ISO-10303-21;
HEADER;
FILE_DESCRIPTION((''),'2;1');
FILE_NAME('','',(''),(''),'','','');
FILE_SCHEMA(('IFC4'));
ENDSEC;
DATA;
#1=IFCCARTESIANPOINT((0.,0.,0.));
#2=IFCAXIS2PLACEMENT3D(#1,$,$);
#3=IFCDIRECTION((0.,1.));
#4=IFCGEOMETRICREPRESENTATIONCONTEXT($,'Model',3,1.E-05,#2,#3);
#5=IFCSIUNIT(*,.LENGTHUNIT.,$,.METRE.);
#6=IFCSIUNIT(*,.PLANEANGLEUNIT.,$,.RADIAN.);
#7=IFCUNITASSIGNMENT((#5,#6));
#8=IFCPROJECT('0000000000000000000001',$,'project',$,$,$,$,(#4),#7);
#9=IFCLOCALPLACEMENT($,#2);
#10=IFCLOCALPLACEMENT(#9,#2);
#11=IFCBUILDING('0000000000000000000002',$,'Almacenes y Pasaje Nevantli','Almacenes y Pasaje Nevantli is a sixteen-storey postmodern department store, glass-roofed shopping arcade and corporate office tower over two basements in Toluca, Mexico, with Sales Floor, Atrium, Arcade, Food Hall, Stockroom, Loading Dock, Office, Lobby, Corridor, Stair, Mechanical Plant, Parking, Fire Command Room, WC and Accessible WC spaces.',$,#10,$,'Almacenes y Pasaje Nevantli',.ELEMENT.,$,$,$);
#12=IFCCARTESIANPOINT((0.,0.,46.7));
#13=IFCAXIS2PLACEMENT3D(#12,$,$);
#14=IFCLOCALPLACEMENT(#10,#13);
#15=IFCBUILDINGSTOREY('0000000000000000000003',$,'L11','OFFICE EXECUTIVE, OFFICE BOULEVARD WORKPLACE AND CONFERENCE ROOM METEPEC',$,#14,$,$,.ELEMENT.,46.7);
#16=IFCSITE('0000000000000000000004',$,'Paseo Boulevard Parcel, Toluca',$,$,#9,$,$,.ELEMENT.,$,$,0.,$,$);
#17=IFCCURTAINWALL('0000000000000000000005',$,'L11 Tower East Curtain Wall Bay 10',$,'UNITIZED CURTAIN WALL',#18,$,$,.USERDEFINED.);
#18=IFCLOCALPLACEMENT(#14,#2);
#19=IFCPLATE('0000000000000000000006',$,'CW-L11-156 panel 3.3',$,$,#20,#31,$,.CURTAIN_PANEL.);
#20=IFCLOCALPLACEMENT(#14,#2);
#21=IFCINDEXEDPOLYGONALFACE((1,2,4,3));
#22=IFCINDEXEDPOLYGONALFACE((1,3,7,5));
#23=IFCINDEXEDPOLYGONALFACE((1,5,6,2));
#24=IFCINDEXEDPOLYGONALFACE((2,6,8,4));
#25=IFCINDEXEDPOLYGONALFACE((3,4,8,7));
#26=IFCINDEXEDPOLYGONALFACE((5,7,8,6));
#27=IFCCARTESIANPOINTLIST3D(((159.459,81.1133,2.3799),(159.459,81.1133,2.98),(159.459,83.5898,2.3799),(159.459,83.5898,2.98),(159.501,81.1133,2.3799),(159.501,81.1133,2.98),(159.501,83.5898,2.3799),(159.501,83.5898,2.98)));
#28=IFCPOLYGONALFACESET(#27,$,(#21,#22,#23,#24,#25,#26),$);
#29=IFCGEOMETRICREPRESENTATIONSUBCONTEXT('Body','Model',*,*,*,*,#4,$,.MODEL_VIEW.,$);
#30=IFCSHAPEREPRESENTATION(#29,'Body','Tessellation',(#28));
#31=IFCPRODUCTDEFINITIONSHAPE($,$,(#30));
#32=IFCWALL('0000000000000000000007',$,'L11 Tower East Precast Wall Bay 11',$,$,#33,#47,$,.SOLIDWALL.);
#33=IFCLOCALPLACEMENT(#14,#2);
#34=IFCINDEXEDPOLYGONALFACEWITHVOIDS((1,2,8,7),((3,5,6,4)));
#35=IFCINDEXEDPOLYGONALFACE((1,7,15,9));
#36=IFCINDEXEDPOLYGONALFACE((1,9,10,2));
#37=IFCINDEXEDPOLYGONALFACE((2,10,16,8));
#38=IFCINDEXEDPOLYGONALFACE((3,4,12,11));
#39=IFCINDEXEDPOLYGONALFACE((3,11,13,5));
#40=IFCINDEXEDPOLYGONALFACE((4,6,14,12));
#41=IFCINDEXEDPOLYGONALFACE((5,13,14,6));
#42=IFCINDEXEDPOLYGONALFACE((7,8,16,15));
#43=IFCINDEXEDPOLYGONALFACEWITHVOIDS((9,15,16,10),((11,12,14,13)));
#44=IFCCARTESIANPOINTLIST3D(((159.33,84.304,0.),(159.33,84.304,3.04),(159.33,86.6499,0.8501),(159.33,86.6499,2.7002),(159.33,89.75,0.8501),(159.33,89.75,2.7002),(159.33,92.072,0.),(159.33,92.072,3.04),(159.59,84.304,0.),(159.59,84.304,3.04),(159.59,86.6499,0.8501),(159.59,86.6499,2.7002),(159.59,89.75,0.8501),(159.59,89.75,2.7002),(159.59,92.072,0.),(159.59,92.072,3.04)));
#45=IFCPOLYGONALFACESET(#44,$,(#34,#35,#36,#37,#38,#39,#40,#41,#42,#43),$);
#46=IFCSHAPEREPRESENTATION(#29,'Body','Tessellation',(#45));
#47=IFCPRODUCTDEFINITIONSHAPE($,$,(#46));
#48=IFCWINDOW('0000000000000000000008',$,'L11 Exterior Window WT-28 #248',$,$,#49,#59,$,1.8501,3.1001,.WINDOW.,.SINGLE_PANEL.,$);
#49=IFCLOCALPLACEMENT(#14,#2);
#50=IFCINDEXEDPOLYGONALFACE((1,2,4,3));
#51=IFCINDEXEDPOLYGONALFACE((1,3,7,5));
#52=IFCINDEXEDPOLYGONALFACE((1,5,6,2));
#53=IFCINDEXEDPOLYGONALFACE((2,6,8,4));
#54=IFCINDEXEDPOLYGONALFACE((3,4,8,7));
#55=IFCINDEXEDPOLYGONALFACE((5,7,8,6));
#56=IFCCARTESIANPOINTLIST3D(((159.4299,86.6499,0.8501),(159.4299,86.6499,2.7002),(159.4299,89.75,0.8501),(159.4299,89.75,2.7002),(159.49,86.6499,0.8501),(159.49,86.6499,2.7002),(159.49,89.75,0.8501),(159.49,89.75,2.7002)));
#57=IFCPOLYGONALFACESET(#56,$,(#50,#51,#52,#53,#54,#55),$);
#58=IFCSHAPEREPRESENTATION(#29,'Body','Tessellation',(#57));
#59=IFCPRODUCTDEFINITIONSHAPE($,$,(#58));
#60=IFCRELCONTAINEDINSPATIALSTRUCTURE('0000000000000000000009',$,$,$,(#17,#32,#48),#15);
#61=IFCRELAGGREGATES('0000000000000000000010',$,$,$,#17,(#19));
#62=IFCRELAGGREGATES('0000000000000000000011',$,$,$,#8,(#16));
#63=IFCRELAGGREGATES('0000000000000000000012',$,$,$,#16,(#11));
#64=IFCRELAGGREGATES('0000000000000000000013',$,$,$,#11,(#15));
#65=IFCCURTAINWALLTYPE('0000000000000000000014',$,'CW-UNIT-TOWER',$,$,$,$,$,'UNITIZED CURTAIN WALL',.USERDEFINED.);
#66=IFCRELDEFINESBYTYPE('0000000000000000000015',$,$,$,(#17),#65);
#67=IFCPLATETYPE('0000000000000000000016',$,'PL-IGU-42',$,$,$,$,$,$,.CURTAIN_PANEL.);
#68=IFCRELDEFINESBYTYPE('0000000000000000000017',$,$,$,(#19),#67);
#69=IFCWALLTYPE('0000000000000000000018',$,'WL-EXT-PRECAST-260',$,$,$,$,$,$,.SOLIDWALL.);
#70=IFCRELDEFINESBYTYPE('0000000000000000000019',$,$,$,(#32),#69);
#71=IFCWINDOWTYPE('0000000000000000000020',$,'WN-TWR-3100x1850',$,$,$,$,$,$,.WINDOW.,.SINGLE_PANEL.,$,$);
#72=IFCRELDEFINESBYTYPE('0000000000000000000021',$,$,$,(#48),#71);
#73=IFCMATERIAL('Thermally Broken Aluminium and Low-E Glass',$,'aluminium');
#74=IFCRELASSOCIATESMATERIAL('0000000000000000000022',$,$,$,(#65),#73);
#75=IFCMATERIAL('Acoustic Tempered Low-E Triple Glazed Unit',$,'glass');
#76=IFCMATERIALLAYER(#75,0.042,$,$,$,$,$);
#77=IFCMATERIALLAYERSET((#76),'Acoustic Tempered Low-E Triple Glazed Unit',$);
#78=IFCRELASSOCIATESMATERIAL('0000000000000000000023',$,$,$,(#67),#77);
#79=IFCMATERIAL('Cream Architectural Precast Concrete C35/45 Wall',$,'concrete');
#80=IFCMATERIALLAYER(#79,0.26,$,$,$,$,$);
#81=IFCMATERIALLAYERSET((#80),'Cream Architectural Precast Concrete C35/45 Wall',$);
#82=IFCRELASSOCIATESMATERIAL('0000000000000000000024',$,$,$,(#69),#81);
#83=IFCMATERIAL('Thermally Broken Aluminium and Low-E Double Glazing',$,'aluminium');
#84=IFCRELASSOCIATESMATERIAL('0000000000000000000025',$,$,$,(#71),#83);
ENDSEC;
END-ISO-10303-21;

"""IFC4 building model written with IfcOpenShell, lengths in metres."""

from ifc_helpers import new_model, si_unit, direction, frame, frame_2d, origin, origin_2d, place, context, subcontext, project, spatial, rectangle, extrude, material, layer, layer_set, type_object, element, fill, aggregate, save


model = new_model("IFC4")

# Units and contexts
model_context = context("Model", 3, precision=1e-05, world=origin(), true_north=direction((0.0, 1.0)))
body_context = subcontext(model_context, "Body", "Model", "MODEL_VIEW")
ifc_project = project(units=[si_unit("LENGTHUNIT", "METRE"), si_unit("PLANEANGLEUNIT", "RADIAN")], contexts=[model_context])

# Site, building, storey
site_placement = place(None, origin())
site = spatial("IfcSite", under=ifc_project, at=site_placement, Name="Paseo Boulevard Parcel, Toluca", CompositionType="ELEMENT", RefElevation=0.0)
building_placement = place(site_placement, origin())
building = spatial("IfcBuilding", under=site, at=building_placement, Name="Almacenes y Pasaje Nevantli", Description="Almacenes y Pasaje Nevantli is a sixteen-storey postmodern department store, glass-roofed shopping arcade and corporate office tower over two basements in Toluca, Mexico, with Sales Floor, Atrium, Arcade, Food Hall, Stockroom, Loading Dock, Office, Lobby, Corridor, Stair, Mechanical Plant, Parking, Fire Command Room, WC and Accessible WC spaces.", LongName="Almacenes y Pasaje Nevantli", CompositionType="ELEMENT")
storey_placement = place(building_placement, frame((0.0, 0.0, 46.7)))
storey = spatial("IfcBuildingStorey", under=building, at=storey_placement, Name="L11", Description="OFFICE EXECUTIVE, OFFICE BOULEVARD WORKPLACE AND CONFERENCE ROOM METEPEC", CompositionType="ELEMENT", Elevation=46.7)

# Curtain wall, plate
ifc_material_1 = material(Name="Thermally Broken Aluminium and Low-E Glass", Category="aluminium")
curtain_wall_type = type_object("IfcCurtainWallType", Name="CW-UNIT-TOWER", ElementType="UNITIZED CURTAIN WALL", PredefinedType="USERDEFINED", material=ifc_material_1)
curtain_wall_placement = place(storey_placement, origin())
curtain_wall = element("IfcCurtainWall", 1, at=curtain_wall_placement, inside=storey, type_object=curtain_wall_type, Name="L11 Tower East Curtain Wall Bay 10", ObjectType="UNITIZED CURTAIN WALL", PredefinedType="USERDEFINED")
ifc_material_2 = material(Name="Acoustic Tempered Low-E Triple Glazed Unit", Category="glass")
ifc_layer_1 = layer(ifc_material_2, 0.042)
ifc_layer_set_1 = layer_set([ifc_layer_1], Name="Acoustic Tempered Low-E Triple Glazed Unit")
plate_type = type_object("IfcPlateType", Name="PL-IGU-42", PredefinedType="CURTAIN_PANEL", material=ifc_layer_set_1)
plate_1_placement = place(storey_placement, frame((159.48, 82.3516, 2.3799), z_axis=(0.0, 0.0, 1.0), x_axis=(0.0, 1.0, 0.0)))
plate_1 = element("IfcPlate", 2, at=plate_1_placement, type_object=plate_type, Name="CW-L11-156 panel 3.3", PredefinedType="CURTAIN_PANEL", context=body_context, shape_type="SweptSolid", body=[
    extrude(rectangle(XDim=2.4766, YDim=0.042, at=origin_2d()), origin(), (0.0, 0.0, 1.0), 0.6001),
])
aggregate(curtain_wall, [plate_1])

# Wall, opening, window
ifc_material_3 = material(Name="Cream Architectural Precast Concrete C35/45 Wall", Category="concrete")
ifc_layer_2 = layer(ifc_material_3, 0.26)
ifc_layer_set_2 = layer_set([ifc_layer_2], Name="Cream Architectural Precast Concrete C35/45 Wall")
wall_type = type_object("IfcWallType", Name="WL-EXT-PRECAST-260", PredefinedType="SOLIDWALL", material=ifc_layer_set_2)
wall_placement = place(storey_placement, frame((159.46, 84.304, 0.0), z_axis=(0.0, 0.0, 1.0), x_axis=(0.0, 1.0, 0.0)))
wall = element("IfcWall", 3, at=wall_placement, inside=storey, type_object=wall_type, Name="L11 Tower East Precast Wall Bay 11", PredefinedType="SOLIDWALL", context=body_context, shape_type="SweptSolid", body=[
    extrude(rectangle(XDim=7.7681, YDim=0.26, at=frame_2d((3.884, 0.0))), origin(), (0.0, 0.0, 1.0), 3.04),
])
opening_placement = place(wall_placement, frame((2.3459, 0.0, 0.8501)))
opening = element("IfcOpeningElement", 4, at=opening_placement, cuts=wall, PredefinedType="OPENING", context=body_context, shape_type="SweptSolid", body=[
    extrude(rectangle(XDim=3.1001, YDim=1.8501, at=frame_2d((1.55, 0.925))), frame((0.0, 0.1399, 0.0), z_axis=(0.0, -1.0, 0.0), x_axis=(1.0, 0.0, 0.0)), (0.0, 0.0, 1.0), 0.28),
])
ifc_material_4 = material(Name="Thermally Broken Aluminium and Low-E Double Glazing", Category="aluminium")
window_type = type_object("IfcWindowType", Name="WN-TWR-3100x1850", PartitioningType="SINGLE_PANEL", PredefinedType="WINDOW", material=ifc_material_4)
window_placement = place(opening_placement, origin())
window = element("IfcWindow", 5, at=window_placement, inside=storey, type_object=window_type, Name="L11 Exterior Window WT-28 #248", OverallHeight=1.8501, OverallWidth=3.1001, PartitioningType="SINGLE_PANEL", PredefinedType="WINDOW", context=body_context, shape_type="SweptSolid", body=[
    extrude(rectangle(XDim=3.1001, YDim=1.8501, at=frame_2d((1.55, 0.925))), frame((0.0, 0.03, 0.0), z_axis=(0.0, -1.0, 0.0), x_axis=(1.0, 0.0, 0.0)), (0.0, 0.0, 1.0), 0.0601),
])
fill(opening, window)

save(model, "model.ifc")
